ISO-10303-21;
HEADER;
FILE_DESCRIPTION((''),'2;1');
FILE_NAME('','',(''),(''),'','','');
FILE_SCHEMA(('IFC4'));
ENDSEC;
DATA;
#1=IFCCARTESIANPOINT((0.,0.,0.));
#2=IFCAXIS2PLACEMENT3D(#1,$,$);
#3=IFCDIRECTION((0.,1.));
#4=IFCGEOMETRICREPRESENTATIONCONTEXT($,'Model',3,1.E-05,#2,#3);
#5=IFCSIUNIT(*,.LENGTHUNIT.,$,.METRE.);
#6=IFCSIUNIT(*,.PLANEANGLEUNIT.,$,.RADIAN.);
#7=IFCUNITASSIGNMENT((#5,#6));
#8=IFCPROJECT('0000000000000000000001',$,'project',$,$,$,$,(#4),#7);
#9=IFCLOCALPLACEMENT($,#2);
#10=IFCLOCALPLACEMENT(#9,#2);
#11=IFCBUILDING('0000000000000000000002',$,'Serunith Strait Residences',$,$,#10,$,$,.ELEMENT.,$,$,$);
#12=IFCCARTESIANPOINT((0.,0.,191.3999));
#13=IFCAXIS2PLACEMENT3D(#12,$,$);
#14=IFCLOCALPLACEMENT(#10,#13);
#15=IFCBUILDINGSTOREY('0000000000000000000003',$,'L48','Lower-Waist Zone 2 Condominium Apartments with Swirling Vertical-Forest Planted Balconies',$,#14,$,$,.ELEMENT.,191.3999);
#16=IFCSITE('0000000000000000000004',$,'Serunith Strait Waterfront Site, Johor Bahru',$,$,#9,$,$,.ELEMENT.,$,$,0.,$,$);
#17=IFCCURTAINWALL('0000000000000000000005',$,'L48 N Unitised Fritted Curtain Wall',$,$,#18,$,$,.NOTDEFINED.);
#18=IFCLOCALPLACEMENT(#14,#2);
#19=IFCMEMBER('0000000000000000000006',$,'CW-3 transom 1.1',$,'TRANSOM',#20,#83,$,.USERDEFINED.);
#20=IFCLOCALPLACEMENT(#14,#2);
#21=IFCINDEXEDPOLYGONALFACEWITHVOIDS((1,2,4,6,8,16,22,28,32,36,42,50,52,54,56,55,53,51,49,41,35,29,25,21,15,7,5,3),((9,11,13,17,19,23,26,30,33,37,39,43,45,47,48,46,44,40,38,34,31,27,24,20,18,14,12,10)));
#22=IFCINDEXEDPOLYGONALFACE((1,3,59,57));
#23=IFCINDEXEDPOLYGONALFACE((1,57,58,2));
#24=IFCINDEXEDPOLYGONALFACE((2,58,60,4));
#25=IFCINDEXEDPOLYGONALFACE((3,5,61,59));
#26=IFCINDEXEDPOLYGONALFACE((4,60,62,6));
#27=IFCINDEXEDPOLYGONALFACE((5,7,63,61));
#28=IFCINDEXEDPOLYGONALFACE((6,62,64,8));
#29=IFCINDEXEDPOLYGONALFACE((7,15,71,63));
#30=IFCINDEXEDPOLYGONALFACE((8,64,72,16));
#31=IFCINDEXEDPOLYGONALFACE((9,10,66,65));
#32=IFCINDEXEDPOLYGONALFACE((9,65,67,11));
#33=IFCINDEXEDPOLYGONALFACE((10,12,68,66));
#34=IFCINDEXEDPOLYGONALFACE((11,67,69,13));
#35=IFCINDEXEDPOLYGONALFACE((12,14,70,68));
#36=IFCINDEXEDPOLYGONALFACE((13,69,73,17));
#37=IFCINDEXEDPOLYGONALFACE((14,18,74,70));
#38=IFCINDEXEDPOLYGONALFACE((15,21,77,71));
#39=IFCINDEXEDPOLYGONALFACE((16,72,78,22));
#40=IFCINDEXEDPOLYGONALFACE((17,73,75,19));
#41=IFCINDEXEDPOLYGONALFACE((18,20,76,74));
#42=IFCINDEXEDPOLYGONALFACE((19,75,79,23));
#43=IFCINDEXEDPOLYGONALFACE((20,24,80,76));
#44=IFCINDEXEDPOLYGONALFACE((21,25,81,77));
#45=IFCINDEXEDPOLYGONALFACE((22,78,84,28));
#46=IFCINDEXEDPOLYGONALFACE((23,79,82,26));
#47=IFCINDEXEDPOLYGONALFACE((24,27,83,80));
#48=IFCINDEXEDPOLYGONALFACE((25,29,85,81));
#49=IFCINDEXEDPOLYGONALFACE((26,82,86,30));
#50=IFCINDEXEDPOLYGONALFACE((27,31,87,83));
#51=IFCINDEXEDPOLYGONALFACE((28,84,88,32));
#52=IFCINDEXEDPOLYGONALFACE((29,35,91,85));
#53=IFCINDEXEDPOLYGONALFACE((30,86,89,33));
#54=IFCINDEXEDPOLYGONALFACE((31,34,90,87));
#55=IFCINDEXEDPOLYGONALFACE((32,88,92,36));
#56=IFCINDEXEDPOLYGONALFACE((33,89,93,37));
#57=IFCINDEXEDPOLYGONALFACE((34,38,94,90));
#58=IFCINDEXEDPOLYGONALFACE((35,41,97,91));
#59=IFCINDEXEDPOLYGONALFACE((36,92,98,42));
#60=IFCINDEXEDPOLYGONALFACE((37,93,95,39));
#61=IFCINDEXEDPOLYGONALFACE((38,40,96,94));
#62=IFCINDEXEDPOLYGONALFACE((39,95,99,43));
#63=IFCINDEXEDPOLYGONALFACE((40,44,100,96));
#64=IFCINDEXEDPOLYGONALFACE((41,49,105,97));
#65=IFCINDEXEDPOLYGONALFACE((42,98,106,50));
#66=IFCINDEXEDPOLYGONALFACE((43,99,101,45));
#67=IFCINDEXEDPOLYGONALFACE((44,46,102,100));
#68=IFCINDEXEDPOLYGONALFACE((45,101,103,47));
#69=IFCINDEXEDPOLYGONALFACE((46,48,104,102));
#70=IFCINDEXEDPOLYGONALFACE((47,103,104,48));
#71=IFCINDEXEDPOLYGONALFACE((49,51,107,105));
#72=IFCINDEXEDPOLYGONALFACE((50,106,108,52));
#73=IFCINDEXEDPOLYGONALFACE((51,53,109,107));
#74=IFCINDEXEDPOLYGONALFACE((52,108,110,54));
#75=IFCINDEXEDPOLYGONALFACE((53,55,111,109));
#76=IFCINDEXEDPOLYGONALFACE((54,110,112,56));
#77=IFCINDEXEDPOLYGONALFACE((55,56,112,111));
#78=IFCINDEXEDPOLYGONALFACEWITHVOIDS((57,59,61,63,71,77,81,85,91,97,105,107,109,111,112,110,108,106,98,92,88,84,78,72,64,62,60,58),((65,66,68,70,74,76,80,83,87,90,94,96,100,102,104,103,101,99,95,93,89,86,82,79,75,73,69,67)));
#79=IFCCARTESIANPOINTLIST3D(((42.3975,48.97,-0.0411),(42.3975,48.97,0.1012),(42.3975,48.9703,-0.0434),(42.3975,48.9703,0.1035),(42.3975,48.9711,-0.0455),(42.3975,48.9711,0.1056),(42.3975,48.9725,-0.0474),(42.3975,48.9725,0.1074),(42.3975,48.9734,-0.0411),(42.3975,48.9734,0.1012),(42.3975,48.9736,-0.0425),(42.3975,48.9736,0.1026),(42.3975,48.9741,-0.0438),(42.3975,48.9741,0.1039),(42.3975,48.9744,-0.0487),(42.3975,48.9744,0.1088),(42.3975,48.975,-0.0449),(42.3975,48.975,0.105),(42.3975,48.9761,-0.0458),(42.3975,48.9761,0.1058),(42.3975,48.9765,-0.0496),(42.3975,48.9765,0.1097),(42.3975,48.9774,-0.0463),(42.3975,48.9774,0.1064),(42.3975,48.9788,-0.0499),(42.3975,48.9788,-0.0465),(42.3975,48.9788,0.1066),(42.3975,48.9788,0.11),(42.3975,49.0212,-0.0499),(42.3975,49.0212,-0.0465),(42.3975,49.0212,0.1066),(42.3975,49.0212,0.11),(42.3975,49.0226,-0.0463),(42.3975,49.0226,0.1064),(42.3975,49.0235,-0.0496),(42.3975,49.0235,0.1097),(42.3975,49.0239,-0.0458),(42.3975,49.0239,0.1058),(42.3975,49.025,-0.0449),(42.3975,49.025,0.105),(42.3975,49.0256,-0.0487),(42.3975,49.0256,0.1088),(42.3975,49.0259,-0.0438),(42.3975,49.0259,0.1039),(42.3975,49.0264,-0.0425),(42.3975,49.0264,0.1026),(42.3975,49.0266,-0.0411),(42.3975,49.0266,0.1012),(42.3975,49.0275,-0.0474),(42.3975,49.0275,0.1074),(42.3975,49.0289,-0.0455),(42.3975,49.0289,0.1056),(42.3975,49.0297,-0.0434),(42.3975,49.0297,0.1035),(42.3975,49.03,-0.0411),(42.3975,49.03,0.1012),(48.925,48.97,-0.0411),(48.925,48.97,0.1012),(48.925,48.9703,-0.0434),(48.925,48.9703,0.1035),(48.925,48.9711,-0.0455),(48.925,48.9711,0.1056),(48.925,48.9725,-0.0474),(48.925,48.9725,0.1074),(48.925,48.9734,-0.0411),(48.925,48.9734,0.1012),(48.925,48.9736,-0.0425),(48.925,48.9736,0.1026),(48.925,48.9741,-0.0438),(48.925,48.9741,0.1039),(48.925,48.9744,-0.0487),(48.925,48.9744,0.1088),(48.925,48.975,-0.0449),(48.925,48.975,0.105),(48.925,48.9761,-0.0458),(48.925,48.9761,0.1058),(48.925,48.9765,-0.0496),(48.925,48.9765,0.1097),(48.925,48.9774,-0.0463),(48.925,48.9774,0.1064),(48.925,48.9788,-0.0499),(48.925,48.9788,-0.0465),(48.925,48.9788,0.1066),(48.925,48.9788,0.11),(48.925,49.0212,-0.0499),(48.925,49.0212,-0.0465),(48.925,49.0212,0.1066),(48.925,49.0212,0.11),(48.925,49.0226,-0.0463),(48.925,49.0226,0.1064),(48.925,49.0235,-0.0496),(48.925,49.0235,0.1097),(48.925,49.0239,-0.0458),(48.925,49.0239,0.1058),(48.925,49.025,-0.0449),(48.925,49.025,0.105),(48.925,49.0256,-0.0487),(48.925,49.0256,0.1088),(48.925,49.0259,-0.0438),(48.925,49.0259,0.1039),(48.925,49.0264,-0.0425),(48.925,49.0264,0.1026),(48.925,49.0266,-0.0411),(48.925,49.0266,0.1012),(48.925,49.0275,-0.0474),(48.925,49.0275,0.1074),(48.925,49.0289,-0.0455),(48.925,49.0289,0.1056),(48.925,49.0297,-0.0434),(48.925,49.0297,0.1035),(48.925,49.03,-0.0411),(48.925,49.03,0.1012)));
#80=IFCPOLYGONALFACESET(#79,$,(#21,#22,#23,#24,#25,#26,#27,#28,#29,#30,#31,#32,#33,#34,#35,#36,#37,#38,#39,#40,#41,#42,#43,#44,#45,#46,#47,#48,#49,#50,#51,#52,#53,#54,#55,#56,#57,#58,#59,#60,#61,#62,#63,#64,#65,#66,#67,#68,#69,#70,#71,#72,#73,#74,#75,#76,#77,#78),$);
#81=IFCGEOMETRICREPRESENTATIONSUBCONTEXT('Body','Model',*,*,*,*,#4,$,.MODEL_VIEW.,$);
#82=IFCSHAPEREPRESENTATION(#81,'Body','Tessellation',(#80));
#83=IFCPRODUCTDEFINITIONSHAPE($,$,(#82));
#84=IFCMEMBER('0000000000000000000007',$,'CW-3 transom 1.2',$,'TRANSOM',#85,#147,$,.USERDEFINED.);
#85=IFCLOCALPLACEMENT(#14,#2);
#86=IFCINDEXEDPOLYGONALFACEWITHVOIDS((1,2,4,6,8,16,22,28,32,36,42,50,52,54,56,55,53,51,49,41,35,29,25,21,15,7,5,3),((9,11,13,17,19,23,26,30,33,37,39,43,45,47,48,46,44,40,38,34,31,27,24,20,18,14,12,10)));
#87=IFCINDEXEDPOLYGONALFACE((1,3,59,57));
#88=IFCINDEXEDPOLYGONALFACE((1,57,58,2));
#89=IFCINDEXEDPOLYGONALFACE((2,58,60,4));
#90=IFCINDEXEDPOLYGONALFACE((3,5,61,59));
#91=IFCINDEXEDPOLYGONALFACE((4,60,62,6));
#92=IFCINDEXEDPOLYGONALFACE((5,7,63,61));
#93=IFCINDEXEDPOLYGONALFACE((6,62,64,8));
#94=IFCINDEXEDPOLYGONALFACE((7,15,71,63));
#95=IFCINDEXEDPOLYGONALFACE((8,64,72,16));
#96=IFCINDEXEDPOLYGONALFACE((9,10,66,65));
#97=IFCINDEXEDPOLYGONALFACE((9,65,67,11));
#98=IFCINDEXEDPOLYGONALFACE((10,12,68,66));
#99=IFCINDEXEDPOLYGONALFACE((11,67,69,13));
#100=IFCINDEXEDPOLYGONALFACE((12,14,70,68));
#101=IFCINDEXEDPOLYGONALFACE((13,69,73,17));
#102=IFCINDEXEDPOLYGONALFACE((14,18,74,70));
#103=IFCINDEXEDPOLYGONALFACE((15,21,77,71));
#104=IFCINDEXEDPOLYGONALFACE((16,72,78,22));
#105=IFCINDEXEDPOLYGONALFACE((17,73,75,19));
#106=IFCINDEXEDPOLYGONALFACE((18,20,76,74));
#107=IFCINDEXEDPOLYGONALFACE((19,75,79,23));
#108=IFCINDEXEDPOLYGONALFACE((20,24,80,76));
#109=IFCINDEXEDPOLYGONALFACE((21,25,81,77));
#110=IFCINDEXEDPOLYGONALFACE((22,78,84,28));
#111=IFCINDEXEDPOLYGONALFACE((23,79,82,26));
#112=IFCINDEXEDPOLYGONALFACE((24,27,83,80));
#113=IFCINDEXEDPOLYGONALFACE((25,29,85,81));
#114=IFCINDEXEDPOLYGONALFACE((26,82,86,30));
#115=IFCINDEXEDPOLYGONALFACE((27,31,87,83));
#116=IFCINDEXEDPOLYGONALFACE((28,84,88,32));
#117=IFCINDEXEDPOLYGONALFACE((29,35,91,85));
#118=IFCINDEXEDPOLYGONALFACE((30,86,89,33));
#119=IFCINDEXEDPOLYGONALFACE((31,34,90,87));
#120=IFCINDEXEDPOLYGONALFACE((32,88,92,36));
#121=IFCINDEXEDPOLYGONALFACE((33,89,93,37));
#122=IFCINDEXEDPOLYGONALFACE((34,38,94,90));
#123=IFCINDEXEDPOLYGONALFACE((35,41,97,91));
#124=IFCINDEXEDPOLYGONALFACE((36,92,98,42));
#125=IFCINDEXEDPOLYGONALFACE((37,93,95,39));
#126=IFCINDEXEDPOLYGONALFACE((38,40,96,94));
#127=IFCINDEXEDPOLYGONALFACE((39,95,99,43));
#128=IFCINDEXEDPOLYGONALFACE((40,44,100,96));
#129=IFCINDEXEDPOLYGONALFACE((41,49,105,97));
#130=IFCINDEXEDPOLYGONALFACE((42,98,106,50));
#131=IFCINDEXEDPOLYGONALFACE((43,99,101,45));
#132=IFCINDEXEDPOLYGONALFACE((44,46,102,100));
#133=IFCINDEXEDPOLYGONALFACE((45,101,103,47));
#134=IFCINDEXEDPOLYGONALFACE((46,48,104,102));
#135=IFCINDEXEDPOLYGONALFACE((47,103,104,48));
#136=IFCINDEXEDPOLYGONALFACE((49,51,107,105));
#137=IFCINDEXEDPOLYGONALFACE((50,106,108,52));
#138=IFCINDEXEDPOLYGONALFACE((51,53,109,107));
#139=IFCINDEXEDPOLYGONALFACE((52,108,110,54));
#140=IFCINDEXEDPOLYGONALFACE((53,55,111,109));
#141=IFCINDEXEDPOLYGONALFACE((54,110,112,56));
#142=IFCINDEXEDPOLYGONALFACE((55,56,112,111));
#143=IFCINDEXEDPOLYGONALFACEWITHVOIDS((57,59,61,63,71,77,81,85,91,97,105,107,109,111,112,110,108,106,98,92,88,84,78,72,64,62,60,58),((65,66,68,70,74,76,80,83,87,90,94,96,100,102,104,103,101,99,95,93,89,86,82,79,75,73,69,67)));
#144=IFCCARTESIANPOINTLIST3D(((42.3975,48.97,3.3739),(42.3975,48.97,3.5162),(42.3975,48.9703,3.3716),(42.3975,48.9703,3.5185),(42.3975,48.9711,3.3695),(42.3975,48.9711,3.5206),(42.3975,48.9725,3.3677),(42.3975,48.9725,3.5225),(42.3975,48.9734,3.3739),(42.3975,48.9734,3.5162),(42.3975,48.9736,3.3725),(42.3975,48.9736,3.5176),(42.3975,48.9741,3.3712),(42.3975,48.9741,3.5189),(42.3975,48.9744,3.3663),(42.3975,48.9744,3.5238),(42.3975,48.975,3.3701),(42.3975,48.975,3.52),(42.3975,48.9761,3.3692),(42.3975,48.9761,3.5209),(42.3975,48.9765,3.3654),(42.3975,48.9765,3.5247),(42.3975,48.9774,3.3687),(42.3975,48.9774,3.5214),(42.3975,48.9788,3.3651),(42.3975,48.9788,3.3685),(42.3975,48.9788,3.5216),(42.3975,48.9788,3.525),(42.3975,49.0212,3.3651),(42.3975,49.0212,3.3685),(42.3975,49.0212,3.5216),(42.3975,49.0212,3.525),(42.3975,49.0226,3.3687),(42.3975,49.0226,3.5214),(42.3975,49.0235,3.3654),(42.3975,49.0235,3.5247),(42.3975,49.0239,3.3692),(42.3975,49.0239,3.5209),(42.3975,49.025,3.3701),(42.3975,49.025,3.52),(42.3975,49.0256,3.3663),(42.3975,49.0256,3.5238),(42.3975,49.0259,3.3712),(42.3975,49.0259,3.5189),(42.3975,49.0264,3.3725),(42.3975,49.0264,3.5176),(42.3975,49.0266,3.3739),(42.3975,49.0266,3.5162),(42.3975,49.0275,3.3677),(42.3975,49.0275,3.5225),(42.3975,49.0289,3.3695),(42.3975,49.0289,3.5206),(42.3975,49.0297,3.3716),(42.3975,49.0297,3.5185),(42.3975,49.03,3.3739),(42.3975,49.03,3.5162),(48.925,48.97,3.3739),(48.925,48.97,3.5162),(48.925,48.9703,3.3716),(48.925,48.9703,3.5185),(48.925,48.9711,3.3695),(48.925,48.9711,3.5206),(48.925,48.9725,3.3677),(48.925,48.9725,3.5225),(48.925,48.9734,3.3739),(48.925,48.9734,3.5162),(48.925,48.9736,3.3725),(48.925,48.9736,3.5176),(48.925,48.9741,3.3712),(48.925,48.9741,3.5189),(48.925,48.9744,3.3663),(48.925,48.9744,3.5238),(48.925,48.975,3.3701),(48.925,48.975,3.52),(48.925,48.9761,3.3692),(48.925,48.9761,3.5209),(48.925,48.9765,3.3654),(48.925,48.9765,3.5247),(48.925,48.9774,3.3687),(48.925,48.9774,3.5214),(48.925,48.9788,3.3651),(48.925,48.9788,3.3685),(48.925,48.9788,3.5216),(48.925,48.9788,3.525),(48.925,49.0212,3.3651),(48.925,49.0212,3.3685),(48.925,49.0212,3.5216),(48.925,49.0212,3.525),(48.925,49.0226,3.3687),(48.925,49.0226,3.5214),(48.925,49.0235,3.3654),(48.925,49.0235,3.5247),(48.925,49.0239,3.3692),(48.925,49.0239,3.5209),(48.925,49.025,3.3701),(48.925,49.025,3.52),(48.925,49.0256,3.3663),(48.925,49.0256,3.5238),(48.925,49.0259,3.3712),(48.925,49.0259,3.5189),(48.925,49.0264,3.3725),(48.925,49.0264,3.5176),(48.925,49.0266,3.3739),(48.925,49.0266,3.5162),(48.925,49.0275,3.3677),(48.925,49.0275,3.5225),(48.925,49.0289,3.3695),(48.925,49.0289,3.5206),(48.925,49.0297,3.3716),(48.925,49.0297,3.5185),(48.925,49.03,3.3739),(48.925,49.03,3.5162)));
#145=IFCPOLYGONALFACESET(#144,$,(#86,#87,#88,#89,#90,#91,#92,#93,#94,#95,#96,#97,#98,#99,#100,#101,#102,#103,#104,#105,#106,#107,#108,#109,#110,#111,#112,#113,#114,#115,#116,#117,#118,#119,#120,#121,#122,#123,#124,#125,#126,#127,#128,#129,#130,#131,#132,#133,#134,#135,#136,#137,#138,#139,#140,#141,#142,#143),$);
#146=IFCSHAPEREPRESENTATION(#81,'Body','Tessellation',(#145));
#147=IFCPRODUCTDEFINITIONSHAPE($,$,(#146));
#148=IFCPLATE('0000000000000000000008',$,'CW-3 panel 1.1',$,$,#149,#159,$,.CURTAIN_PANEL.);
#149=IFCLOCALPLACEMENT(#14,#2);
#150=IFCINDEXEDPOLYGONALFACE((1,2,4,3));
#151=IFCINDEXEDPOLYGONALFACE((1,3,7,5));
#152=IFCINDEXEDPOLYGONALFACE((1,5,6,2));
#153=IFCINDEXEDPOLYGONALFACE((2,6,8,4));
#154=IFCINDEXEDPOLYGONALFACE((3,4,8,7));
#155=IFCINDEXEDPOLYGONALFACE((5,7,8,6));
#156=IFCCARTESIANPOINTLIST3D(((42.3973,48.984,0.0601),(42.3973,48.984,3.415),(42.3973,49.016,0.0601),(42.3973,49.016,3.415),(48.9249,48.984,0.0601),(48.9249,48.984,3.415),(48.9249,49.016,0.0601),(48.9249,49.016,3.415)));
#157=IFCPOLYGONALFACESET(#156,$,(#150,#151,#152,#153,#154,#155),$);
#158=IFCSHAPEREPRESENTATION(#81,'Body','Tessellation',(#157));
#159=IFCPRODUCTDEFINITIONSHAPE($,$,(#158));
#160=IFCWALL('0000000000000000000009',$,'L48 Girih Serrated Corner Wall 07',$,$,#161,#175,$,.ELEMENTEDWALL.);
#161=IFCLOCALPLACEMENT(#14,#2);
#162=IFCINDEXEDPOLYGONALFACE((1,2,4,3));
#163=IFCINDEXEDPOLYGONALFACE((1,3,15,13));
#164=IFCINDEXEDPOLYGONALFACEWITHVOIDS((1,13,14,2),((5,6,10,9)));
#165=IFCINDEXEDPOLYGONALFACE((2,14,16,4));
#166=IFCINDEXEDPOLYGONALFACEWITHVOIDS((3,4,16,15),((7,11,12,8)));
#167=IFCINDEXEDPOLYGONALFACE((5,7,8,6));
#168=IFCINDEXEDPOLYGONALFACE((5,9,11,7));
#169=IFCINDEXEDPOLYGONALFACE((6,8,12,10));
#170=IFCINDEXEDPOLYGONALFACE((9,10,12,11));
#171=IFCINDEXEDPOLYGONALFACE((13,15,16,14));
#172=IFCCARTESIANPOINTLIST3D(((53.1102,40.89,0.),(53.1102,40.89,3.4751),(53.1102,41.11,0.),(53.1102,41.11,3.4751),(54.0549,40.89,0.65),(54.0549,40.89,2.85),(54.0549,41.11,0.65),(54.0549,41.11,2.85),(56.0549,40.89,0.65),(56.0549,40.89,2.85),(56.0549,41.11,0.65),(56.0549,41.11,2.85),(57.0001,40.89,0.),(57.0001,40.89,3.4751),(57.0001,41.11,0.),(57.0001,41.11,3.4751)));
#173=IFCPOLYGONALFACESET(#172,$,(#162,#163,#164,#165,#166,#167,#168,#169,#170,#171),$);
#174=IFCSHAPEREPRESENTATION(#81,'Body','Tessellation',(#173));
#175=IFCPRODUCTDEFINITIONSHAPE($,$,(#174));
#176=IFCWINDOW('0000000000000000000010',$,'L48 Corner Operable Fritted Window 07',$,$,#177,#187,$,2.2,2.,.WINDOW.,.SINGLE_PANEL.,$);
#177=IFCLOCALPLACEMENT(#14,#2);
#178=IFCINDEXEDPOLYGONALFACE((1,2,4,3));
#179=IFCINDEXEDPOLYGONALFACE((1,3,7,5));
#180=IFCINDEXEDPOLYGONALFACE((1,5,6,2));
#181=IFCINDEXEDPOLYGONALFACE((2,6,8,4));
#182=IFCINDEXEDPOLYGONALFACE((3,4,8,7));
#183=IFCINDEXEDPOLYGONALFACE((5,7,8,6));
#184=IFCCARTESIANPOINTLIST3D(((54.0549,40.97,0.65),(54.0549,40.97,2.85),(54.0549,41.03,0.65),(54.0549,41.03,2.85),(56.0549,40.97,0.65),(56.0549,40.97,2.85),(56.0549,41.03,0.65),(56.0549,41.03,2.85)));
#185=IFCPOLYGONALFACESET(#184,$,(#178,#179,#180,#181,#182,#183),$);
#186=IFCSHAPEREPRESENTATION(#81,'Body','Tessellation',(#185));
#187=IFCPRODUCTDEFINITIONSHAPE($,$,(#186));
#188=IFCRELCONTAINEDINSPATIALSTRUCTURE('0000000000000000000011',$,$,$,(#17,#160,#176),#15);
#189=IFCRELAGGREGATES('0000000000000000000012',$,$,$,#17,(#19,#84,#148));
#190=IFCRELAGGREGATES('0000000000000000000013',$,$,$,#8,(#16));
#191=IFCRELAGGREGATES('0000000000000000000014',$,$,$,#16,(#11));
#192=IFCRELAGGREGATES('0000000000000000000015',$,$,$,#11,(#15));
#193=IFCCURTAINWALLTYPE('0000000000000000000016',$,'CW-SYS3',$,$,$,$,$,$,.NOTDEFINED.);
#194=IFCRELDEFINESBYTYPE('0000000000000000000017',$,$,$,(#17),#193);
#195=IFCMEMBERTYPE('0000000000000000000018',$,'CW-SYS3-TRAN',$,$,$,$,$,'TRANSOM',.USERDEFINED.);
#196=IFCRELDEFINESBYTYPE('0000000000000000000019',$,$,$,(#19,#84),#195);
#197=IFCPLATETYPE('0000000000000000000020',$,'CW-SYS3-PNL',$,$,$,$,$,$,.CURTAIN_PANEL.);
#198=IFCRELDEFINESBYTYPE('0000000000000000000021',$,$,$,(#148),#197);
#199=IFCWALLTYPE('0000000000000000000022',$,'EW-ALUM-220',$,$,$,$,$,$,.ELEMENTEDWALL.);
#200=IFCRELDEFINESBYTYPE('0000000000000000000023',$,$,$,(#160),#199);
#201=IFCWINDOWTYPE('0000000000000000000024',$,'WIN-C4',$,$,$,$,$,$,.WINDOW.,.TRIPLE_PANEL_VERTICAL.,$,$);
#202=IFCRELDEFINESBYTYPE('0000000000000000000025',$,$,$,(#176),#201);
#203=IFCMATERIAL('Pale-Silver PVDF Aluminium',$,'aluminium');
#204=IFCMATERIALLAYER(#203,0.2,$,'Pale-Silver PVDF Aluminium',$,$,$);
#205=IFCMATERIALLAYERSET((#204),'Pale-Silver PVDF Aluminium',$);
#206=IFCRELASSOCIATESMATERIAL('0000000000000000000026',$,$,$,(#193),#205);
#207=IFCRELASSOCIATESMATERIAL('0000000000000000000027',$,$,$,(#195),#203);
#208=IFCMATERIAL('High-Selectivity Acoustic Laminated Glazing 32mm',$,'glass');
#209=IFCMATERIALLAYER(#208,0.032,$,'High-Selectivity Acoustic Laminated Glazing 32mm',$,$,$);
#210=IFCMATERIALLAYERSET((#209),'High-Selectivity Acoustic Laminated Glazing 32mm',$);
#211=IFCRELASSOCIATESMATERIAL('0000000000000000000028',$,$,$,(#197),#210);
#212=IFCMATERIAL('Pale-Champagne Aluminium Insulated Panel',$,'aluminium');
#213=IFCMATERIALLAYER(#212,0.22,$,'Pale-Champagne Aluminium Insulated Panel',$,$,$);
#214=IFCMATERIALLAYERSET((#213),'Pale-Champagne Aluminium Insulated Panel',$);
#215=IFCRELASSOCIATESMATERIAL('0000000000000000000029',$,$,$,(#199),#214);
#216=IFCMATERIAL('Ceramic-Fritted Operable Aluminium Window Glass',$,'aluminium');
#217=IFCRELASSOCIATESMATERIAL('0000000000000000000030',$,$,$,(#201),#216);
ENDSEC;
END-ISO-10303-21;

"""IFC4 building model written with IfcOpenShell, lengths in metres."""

from ifc_helpers import new_model, si_unit, direction, frame, frame_2d, origin, origin_2d, place, context, subcontext, project, spatial, rectangle, hollow_rectangle, extrude, source, transform, mapped, material, layer, layer_set, material_profile, profile_set, type_object, element, fill, aggregate, save


model = new_model("IFC4")

# Units and contexts
model_context = context("Model", 3, precision=1e-05, world=origin(), true_north=direction((0.0, 1.0)))
body_context = subcontext(model_context, "Body", "Model", "MODEL_VIEW")
ifc_project = project(units=[si_unit("LENGTHUNIT", "METRE"), si_unit("PLANEANGLEUNIT", "RADIAN")], contexts=[model_context])

# Site, building, storey
site_placement = place(None, origin())
site = spatial("IfcSite", under=ifc_project, at=site_placement, Name="Serunith Strait Waterfront Site, Johor Bahru", CompositionType="ELEMENT", RefElevation=0.0)
building_placement = place(site_placement, origin())
building = spatial("IfcBuilding", under=site, at=building_placement, Name="Serunith Strait Residences", CompositionType="ELEMENT")
storey_placement = place(building_placement, frame((0.0, 0.0, 191.3999)))
storey = spatial("IfcBuildingStorey", under=building, at=storey_placement, Name="L48", Description="Lower-Waist Zone 2 Condominium Apartments with Swirling Vertical-Forest Planted Balconies", CompositionType="ELEMENT", Elevation=191.3999)

# Shared definitions
ifc_material_1 = material(Name="Pale-Silver PVDF Aluminium", Category="aluminium")
ifc_layer_1 = layer(ifc_material_1, 0.2, Name="Pale-Silver PVDF Aluminium")
ifc_layer_set_1 = layer_set([ifc_layer_1], Name="Pale-Silver PVDF Aluminium")
curtain_wall_type = type_object("IfcCurtainWallType", Name="CW-SYS3", PredefinedType="NOTDEFINED", material=ifc_layer_set_1)

# Curtain wall, members, plate
curtain_wall_1_placement = place(storey_placement, origin())
curtain_wall_1 = element("IfcCurtainWall", 1, at=curtain_wall_1_placement, inside=storey, type_object=curtain_wall_type, Name="L48 N Unitised Fritted Curtain Wall", PredefinedType="NOTDEFINED")
ifc_material_profile_1 = material_profile(ifc_material_1, hollow_rectangle(XDim=0.0601, YDim=0.1599, WallThickness=0.0034, InnerFilletRadius=0.0054, OuterFilletRadius=0.0088, at=origin_2d()), Name="ALU 160x60x3.5")
ifc_profile_set_1 = profile_set([ifc_material_profile_1], Name="Pale-Silver PVDF Aluminium")
member_type_1 = type_object("IfcMemberType", Name="CW-SYS3-TRAN", ElementType="TRANSOM", PredefinedType="USERDEFINED", material=ifc_profile_set_1)
shared_shape_1 = source(origin(), body_context, "Body", "SweptSolid", [
    extrude(hollow_rectangle(XDim=0.0601, YDim=0.1599, WallThickness=0.0034, InnerFilletRadius=0.0054, OuterFilletRadius=0.0088, at=origin_2d()), origin(), (0.0, 0.0, 1.0), 6.5276),
])
member_1_placement = place(storey_placement, frame((48.925, 49.0, 0.03), z_axis=(-1.0, 0.0, 0.0), x_axis=(0.0, -1.0, 0.0)))
member_1 = element("IfcMember", 2, at=member_1_placement, type_object=member_type_1, Name="CW-3 transom 1.1", ObjectType="TRANSOM", PredefinedType="USERDEFINED", context=body_context, shape_type="MappedRepresentation", body=[
    mapped(shared_shape_1, transform((0.0, 0.0, 0.0), scale=1.0)),
])
member_2_placement = place(storey_placement, frame((48.925, 49.0, 3.4451), z_axis=(-1.0, 0.0, 0.0), x_axis=(0.0, -1.0, 0.0)))
member_2 = element("IfcMember", 3, at=member_2_placement, type_object=member_type_1, Name="CW-3 transom 1.2", ObjectType="TRANSOM", PredefinedType="USERDEFINED", context=body_context, shape_type="MappedRepresentation", body=[
    mapped(shared_shape_1, transform((0.0, 0.0, 0.0), scale=1.0)),
])
ifc_material_2 = material(Name="High-Selectivity Acoustic Laminated Glazing 32mm", Category="glass")
ifc_layer_2 = layer(ifc_material_2, 0.032, Name="High-Selectivity Acoustic Laminated Glazing 32mm")
ifc_layer_set_2 = layer_set([ifc_layer_2], Name="High-Selectivity Acoustic Laminated Glazing 32mm")
plate_type = type_object("IfcPlateType", Name="CW-SYS3-PNL", PredefinedType="CURTAIN_PANEL", material=ifc_layer_set_2)
shared_shape_2 = source(origin(), body_context, "Body", "SweptSolid", [
    extrude(rectangle(XDim=6.5276, YDim=0.032, at=origin_2d()), origin(), (0.0, 0.0, 1.0), 3.355),
])
plate_placement = place(storey_placement, frame((45.6611, 49.0, 0.0601), z_axis=(0.0, 0.0, 1.0), x_axis=(-1.0, 0.0, 0.0)))
plate = element("IfcPlate", 4, at=plate_placement, type_object=plate_type, Name="CW-3 panel 1.1", PredefinedType="CURTAIN_PANEL", context=body_context, shape_type="MappedRepresentation", body=[
    mapped(shared_shape_2, transform((0.0, 0.0, 0.0), scale=1.0)),
])
aggregate(curtain_wall_1, [member_1, member_2, plate])

# Wall, opening, window
ifc_material_3 = material(Name="Pale-Champagne Aluminium Insulated Panel", Category="aluminium")
ifc_layer_3 = layer(ifc_material_3, 0.22, Name="Pale-Champagne Aluminium Insulated Panel")
ifc_layer_set_3 = layer_set([ifc_layer_3], Name="Pale-Champagne Aluminium Insulated Panel")
wall_type_1 = type_object("IfcWallType", Name="EW-ALUM-220", PredefinedType="ELEMENTEDWALL", material=ifc_layer_set_3)
wall_1_placement = place(storey_placement, frame((57.0, 41.0, 0.0), z_axis=(0.0, 0.0, 1.0), x_axis=(-1.0, 0.0, 0.0)))
wall_1 = element("IfcWall", 5, at=wall_1_placement, inside=storey, type_object=wall_type_1, Name="L48 Girih Serrated Corner Wall 07", PredefinedType="ELEMENTEDWALL", context=body_context, shape_type="SweptSolid", body=[
    extrude(rectangle(XDim=3.8899, YDim=0.22, at=frame_2d((1.9448, 0.0))), origin(), (0.0, 0.0, 1.0), 3.4751),
])
opening_1_placement = place(wall_1_placement, frame((0.9451, 0.0, 0.6499)))
opening_1 = element("IfcOpeningElement", 6, at=opening_1_placement, cuts=wall_1, PredefinedType="OPENING", context=body_context, shape_type="SweptSolid", body=[
    extrude(rectangle(XDim=2.0, YDim=2.2, at=frame_2d((1.0, 1.1001))), frame((0.0, 0.1201, 0.0), z_axis=(0.0, -1.0, 0.0), x_axis=(1.0, 0.0, 0.0)), (0.0, 0.0, 1.0), 0.24),
])
ifc_material_4 = material(Name="Ceramic-Fritted Operable Aluminium Window Glass", Category="aluminium")
window_type = type_object("IfcWindowType", Name="WIN-C4", PartitioningType="TRIPLE_PANEL_VERTICAL", PredefinedType="WINDOW", material=ifc_material_4)
shared_shape_3 = source(origin(), body_context, "Body", "SweptSolid", [
    extrude(rectangle(XDim=2.0, YDim=2.2, at=frame_2d((1.0, 1.1001))), frame((0.0, 0.03, 0.0), z_axis=(0.0, -1.0, 0.0), x_axis=(1.0, 0.0, 0.0)), (0.0, 0.0, 1.0), 0.0601),
])
window_1_placement = place(opening_1_placement, origin())
window_1 = element("IfcWindow", 7, at=window_1_placement, inside=storey, type_object=window_type, Name="L48 Corner Operable Fritted Window 07", OverallHeight=2.2, OverallWidth=2.0, PartitioningType="SINGLE_PANEL", PredefinedType="WINDOW", context=body_context, shape_type="MappedRepresentation", body=[
    mapped(shared_shape_3, transform((0.0, 0.0, 0.0), scale=1.0)),
])
fill(opening_1, window_1)

save(model, "model.ifc")
